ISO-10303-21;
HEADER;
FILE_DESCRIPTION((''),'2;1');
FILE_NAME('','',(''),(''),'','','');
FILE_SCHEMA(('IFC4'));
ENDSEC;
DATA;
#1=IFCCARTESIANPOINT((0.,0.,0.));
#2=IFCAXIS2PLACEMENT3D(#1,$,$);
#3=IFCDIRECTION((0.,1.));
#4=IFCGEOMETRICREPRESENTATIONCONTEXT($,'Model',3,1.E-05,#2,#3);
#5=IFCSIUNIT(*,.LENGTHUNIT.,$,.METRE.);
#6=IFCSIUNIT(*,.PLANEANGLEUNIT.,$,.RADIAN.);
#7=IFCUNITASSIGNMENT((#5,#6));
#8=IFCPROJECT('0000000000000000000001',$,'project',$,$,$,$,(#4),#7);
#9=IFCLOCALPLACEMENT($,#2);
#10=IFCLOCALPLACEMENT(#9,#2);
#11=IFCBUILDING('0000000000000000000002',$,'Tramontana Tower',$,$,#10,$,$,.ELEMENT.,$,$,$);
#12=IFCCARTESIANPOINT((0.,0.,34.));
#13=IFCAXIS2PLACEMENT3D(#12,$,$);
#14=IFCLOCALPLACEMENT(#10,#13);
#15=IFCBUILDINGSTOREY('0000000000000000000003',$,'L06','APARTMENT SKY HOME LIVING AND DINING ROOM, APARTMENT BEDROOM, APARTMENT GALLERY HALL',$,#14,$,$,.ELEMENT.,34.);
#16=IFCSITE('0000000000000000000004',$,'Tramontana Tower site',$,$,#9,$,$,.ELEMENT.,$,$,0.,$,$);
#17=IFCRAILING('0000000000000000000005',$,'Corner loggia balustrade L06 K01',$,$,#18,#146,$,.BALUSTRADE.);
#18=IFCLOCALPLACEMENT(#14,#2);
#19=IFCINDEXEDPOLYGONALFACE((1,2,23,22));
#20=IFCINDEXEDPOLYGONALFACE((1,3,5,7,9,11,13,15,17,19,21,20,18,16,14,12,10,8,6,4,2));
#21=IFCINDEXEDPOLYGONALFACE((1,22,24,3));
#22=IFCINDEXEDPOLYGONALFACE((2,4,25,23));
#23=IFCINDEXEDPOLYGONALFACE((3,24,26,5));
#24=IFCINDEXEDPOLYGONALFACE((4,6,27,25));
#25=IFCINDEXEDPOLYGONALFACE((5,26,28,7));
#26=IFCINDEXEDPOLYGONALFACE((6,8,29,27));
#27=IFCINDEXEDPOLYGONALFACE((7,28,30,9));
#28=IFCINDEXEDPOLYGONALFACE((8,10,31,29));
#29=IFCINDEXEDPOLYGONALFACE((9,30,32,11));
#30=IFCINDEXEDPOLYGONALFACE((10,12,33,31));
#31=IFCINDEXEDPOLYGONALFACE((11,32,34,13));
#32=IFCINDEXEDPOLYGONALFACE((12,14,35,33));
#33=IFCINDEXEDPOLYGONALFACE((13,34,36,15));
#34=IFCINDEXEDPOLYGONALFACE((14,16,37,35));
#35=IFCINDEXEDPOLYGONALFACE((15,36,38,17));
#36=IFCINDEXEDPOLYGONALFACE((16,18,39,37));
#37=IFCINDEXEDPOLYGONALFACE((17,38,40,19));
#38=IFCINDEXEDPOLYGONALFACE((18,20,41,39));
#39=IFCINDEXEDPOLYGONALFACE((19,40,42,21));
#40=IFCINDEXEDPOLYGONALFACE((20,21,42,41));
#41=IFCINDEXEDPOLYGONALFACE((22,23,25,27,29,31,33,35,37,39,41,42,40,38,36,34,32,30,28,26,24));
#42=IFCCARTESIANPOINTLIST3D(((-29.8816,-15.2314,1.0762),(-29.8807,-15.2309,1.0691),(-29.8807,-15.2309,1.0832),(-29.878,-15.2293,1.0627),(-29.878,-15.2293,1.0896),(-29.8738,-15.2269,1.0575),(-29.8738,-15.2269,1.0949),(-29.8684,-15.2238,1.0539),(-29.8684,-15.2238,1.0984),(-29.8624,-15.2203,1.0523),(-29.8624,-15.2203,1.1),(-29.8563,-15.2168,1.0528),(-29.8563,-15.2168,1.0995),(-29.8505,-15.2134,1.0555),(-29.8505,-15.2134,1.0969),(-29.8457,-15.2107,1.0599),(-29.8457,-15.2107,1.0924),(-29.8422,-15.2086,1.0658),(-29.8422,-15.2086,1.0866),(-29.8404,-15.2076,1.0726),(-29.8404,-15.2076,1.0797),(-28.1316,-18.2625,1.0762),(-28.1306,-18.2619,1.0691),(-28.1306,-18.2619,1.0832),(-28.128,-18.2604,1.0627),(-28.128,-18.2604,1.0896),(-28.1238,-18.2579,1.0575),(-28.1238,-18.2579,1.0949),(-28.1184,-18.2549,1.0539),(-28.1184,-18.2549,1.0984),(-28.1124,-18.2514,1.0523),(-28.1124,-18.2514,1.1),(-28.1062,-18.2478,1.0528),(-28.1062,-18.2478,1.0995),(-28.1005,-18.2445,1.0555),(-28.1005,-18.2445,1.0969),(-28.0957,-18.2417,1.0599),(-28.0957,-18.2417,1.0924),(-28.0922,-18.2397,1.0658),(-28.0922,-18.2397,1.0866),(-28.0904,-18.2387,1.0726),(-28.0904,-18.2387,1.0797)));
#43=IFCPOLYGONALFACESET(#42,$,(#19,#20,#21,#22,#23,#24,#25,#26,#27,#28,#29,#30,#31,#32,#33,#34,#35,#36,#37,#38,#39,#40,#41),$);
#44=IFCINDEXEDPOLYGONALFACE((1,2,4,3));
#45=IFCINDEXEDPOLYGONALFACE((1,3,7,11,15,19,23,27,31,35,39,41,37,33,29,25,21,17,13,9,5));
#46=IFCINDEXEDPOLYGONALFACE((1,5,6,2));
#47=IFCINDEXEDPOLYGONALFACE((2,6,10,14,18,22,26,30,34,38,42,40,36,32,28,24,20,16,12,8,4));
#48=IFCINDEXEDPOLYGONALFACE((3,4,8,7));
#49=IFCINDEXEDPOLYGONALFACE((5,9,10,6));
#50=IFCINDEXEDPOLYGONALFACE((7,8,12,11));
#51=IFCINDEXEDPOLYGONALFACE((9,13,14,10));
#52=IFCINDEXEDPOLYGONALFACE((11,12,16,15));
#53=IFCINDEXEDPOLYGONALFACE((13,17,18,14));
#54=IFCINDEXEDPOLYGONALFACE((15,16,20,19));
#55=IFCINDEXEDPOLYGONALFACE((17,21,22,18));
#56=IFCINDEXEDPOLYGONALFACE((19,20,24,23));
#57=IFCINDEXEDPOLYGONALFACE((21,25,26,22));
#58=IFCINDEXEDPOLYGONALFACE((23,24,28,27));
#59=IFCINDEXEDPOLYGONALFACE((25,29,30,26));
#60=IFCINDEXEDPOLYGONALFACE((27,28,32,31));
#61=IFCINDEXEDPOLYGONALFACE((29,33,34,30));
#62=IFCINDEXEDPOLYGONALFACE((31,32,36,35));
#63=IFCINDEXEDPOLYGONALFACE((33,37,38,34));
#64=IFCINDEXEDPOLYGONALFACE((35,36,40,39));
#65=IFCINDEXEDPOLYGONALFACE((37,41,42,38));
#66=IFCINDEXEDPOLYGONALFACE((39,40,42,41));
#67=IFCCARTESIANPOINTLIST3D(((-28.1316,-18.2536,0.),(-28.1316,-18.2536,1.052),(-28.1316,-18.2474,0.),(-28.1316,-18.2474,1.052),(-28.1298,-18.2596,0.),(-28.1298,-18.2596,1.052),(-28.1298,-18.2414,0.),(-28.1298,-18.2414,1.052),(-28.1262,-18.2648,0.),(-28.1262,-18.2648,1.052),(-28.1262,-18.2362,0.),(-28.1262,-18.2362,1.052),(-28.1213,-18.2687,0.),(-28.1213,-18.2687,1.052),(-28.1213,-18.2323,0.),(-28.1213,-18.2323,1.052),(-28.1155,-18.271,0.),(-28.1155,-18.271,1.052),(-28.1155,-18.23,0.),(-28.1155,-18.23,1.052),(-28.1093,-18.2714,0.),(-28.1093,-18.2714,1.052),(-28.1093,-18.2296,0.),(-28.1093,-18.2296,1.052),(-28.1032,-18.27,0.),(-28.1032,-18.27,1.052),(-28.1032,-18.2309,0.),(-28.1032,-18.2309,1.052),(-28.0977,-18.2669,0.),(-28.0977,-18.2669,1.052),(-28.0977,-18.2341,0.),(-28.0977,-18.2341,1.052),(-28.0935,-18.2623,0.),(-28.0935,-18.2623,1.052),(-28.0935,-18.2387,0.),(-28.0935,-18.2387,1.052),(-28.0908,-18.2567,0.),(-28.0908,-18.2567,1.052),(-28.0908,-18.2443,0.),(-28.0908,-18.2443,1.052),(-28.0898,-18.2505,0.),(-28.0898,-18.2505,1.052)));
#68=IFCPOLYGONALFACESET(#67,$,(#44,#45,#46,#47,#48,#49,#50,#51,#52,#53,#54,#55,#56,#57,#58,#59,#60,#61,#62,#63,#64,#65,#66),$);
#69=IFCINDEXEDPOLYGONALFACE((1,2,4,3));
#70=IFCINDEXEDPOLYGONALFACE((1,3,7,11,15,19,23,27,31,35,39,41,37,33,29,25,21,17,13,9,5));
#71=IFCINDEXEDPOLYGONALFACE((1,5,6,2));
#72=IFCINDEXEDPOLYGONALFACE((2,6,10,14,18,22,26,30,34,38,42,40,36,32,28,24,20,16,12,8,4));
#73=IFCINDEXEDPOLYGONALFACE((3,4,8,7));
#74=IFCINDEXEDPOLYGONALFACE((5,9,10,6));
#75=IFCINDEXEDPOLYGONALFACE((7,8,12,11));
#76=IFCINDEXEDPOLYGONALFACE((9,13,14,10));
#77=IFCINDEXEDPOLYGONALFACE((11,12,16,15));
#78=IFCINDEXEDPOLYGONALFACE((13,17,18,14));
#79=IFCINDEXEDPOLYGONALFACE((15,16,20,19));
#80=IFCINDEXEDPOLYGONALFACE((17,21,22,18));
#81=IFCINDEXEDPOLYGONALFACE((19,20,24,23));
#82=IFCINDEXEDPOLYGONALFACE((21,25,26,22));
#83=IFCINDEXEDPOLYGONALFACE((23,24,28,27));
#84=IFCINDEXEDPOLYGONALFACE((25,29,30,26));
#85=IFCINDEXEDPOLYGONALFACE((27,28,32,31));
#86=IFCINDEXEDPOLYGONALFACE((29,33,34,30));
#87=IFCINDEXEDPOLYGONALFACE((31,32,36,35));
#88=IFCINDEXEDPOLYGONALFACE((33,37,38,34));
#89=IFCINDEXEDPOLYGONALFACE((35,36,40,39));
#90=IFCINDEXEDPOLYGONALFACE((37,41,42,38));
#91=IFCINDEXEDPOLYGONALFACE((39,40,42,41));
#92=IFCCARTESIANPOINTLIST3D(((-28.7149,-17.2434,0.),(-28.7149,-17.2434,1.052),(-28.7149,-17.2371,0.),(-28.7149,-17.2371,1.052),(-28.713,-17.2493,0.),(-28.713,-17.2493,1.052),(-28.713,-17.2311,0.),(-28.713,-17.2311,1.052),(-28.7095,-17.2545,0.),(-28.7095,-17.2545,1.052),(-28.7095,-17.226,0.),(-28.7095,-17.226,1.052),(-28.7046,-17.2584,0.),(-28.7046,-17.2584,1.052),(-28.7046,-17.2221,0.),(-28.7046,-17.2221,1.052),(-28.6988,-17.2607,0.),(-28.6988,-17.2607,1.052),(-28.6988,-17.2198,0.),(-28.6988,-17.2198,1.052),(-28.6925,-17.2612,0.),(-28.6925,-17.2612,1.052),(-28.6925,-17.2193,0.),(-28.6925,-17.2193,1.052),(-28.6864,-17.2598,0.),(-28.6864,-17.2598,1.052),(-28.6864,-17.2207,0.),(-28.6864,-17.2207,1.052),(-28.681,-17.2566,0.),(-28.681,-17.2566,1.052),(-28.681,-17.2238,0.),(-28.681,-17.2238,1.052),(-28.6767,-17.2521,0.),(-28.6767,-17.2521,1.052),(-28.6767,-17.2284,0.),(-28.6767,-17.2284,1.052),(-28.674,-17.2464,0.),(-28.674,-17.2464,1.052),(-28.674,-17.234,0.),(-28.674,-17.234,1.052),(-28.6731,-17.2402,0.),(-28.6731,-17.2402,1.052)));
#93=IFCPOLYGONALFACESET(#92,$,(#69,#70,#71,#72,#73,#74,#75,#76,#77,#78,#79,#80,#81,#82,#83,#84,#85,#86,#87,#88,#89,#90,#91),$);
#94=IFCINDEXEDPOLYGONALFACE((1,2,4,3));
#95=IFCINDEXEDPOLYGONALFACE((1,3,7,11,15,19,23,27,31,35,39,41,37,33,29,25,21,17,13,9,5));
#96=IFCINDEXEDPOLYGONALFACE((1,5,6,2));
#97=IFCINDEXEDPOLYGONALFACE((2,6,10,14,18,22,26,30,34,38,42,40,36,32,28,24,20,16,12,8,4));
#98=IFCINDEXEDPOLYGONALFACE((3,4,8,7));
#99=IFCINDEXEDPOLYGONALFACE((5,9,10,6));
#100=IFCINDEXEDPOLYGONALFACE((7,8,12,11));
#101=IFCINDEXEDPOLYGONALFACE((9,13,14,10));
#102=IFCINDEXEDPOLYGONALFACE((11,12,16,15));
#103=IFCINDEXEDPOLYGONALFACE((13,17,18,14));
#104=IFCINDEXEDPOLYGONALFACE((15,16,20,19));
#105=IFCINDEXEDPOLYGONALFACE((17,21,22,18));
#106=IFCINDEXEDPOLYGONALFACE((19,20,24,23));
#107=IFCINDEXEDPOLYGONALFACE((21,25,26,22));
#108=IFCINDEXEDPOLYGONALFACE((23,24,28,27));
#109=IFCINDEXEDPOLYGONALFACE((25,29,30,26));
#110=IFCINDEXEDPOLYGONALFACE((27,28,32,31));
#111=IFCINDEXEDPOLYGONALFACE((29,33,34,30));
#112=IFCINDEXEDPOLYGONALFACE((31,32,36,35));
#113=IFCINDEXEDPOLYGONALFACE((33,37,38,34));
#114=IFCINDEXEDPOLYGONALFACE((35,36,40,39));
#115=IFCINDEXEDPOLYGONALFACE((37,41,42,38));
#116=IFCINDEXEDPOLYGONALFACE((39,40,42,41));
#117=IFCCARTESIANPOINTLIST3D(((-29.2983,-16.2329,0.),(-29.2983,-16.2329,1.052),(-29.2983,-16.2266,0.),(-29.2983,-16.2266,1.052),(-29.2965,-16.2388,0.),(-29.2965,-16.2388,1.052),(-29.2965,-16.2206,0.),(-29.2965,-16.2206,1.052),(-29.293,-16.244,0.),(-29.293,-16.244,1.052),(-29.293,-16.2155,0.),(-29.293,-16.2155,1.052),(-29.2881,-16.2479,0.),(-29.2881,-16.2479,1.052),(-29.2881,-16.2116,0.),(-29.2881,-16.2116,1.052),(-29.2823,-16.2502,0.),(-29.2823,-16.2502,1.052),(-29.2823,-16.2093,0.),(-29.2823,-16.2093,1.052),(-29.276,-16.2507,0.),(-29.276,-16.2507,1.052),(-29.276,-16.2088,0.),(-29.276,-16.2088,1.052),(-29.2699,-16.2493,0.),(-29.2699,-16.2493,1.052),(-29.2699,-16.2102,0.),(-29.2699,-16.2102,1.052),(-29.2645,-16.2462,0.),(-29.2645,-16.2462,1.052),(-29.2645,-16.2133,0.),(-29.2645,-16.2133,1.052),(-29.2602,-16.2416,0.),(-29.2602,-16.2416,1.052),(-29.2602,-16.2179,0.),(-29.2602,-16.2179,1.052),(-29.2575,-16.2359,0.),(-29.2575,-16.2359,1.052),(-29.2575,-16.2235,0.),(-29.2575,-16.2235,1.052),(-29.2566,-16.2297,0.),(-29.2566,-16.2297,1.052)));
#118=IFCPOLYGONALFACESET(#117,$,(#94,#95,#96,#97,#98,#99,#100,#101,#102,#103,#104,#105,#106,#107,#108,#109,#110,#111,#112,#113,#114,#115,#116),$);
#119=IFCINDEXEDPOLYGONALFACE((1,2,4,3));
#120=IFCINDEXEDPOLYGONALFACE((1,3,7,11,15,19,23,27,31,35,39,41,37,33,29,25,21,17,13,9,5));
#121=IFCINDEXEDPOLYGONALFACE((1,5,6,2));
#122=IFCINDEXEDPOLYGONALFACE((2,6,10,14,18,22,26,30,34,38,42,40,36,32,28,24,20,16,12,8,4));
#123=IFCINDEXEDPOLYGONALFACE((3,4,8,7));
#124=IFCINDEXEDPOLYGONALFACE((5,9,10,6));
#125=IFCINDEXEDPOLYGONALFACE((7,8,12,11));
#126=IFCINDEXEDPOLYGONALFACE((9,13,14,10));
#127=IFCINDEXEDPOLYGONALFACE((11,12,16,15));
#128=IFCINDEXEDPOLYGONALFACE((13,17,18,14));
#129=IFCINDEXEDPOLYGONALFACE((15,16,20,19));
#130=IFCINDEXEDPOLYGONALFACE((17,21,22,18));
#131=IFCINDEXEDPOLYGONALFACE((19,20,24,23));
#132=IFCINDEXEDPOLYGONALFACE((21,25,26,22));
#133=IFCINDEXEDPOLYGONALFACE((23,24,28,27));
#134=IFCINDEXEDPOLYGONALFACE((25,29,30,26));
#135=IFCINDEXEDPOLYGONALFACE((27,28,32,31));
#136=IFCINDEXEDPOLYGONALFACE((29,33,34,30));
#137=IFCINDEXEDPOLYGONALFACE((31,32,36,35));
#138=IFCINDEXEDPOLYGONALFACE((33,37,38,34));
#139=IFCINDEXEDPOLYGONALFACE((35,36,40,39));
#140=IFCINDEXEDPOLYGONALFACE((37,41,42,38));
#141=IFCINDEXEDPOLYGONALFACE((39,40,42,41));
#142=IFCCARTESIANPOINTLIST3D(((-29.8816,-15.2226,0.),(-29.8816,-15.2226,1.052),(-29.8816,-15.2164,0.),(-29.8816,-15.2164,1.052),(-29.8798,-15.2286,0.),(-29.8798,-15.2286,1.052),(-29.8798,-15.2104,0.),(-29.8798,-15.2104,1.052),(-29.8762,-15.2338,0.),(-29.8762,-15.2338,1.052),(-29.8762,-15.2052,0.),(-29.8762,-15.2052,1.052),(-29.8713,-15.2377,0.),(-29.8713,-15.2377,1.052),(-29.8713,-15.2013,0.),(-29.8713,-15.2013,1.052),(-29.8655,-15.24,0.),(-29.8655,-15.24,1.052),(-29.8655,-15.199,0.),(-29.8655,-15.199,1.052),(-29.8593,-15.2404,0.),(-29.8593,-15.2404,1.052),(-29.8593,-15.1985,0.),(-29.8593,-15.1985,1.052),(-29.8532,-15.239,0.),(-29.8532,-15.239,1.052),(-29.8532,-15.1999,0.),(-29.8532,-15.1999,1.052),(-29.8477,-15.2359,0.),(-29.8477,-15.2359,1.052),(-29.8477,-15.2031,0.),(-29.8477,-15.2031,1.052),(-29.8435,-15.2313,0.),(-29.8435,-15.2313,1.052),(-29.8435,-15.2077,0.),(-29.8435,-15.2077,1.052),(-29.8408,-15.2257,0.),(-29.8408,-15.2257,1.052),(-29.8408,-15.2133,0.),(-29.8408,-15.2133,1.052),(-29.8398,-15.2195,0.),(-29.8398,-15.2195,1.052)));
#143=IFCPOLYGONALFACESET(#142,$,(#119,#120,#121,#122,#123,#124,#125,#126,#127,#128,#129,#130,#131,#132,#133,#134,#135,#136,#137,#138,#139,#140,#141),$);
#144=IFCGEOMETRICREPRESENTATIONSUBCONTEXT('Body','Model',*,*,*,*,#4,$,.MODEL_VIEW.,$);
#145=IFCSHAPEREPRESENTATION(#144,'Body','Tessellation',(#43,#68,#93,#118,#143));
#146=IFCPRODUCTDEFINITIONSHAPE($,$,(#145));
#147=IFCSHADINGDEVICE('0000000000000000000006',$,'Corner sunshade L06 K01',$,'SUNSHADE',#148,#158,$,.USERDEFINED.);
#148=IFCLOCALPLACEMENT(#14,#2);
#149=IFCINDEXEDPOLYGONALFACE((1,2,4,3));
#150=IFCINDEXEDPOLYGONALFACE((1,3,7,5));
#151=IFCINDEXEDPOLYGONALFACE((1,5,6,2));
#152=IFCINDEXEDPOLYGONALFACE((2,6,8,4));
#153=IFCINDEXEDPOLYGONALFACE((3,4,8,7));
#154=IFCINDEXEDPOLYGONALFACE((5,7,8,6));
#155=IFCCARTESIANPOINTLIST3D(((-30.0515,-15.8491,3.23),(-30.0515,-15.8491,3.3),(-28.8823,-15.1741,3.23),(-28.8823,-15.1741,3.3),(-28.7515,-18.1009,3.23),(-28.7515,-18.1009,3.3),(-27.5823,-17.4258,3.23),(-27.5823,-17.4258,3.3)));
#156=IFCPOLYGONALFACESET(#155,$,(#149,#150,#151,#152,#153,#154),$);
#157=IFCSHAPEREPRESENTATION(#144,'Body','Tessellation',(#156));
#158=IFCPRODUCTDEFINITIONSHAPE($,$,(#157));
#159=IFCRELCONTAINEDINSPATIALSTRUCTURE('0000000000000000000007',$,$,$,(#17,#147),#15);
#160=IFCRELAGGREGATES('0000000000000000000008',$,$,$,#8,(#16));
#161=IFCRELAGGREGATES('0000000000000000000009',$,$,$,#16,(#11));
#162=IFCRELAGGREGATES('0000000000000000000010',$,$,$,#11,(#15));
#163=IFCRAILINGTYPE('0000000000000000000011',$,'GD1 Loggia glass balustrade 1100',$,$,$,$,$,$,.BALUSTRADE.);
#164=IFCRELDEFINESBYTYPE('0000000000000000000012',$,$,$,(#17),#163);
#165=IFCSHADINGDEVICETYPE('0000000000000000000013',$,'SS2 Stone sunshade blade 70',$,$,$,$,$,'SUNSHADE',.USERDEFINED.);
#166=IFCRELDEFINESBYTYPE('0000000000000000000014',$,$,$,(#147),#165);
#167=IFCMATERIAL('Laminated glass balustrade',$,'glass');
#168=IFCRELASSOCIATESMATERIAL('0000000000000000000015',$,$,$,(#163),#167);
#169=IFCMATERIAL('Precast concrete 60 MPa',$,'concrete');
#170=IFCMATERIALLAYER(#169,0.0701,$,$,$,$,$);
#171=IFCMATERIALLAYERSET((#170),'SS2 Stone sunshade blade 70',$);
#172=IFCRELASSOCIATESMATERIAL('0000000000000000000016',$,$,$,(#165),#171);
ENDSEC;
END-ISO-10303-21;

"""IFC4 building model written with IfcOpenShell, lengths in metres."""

from ifc_helpers import new_model, si_unit, direction, frame, origin, origin_2d, place, context, subcontext, project, spatial, rectangle, circle, extrude, material, layer, layer_set, type_object, element, save


model = new_model("IFC4")

# Units and contexts
model_context = context("Model", 3, precision=1e-05, world=origin(), true_north=direction((0.0, 1.0)))
body_context = subcontext(model_context, "Body", "Model", "MODEL_VIEW")
ifc_project = project(units=[si_unit("LENGTHUNIT", "METRE"), si_unit("PLANEANGLEUNIT", "RADIAN")], contexts=[model_context])

# Site, building, storey
site_placement = place(None, origin())
site = spatial("IfcSite", under=ifc_project, at=site_placement, Name="Tramontana Tower site", CompositionType="ELEMENT", RefElevation=0.0)
building_placement = place(site_placement, origin())
building = spatial("IfcBuilding", under=site, at=building_placement, Name="Tramontana Tower", CompositionType="ELEMENT")
storey_placement = place(building_placement, frame((0.0, 0.0, 34.0)))
storey = spatial("IfcBuildingStorey", under=building, at=storey_placement, Name="L06", Description="APARTMENT SKY HOME LIVING AND DINING ROOM, APARTMENT BEDROOM, APARTMENT GALLERY HALL", CompositionType="ELEMENT", Elevation=34.0)

# Railing
ifc_material_1 = material(Name="Laminated glass balustrade", Category="glass")
railing_type = type_object("IfcRailingType", Name="GD1 Loggia glass balustrade 1100", PredefinedType="BALUSTRADE", material=ifc_material_1)
railing_1_placement = place(storey_placement, frame((-28.1108, -18.2505, 0.0)))
element("IfcRailing", 1, at=railing_1_placement, inside=storey, type_object=railing_type, Name="Corner loggia balustrade L06 K01", PredefinedType="BALUSTRADE", context=body_context, shape_type="SweptSolid", body=[
    extrude(circle(Radius=0.0239, at=origin_2d()), frame((0.0, 0.0, 1.0762), z_axis=(-0.50001, 0.866019, 0.0), x_axis=(-0.866019, -0.50001, 0.0)), (0.0, 0.0, 1.0), 3.5),
    extrude(circle(Radius=0.021, at=origin_2d()), origin(), (0.0, 0.0, 1.0), 1.052),
    extrude(circle(Radius=0.021, at=origin_2d()), frame((-0.5833, 1.0103, 0.0)), (0.0, 0.0, 1.0), 1.052),
    extrude(circle(Radius=0.021, at=origin_2d()), frame((-1.1667, 2.0208, 0.0)), (0.0, 0.0, 1.0), 1.052),
    extrude(circle(Radius=0.021, at=origin_2d()), frame((-1.75, 3.031, 0.0)), (0.0, 0.0, 1.0), 1.052),
])

# Shading device
ifc_material_2 = material(Name="Precast concrete 60 MPa", Category="concrete")
ifc_layer_1 = layer(ifc_material_2, 0.0701)
ifc_layer_set_1 = layer_set([ifc_layer_1], Name="SS2 Stone sunshade blade 70")
shading_device_type = type_object("IfcShadingDeviceType", Name="SS2 Stone sunshade blade 70", ElementType="SUNSHADE", PredefinedType="USERDEFINED", material=ifc_layer_set_1)
shading_device_placement = place(storey_placement, frame((-28.8169, -16.6375, 3.23), z_axis=(0.0, 0.0, 1.0), x_axis=(-0.5, 0.866025, 0.0)))
element("IfcShadingDevice", 2, at=shading_device_placement, inside=storey, type_object=shading_device_type, Name="Corner sunshade L06 K01", ObjectType="SUNSHADE", PredefinedType="USERDEFINED", context=body_context, shape_type="SweptSolid", body=[
    extrude(rectangle(XDim=2.6001, YDim=1.3501, at=origin_2d()), origin(), (0.0, 0.0, 1.0), 0.0701),
])

save(model, "model.ifc")
